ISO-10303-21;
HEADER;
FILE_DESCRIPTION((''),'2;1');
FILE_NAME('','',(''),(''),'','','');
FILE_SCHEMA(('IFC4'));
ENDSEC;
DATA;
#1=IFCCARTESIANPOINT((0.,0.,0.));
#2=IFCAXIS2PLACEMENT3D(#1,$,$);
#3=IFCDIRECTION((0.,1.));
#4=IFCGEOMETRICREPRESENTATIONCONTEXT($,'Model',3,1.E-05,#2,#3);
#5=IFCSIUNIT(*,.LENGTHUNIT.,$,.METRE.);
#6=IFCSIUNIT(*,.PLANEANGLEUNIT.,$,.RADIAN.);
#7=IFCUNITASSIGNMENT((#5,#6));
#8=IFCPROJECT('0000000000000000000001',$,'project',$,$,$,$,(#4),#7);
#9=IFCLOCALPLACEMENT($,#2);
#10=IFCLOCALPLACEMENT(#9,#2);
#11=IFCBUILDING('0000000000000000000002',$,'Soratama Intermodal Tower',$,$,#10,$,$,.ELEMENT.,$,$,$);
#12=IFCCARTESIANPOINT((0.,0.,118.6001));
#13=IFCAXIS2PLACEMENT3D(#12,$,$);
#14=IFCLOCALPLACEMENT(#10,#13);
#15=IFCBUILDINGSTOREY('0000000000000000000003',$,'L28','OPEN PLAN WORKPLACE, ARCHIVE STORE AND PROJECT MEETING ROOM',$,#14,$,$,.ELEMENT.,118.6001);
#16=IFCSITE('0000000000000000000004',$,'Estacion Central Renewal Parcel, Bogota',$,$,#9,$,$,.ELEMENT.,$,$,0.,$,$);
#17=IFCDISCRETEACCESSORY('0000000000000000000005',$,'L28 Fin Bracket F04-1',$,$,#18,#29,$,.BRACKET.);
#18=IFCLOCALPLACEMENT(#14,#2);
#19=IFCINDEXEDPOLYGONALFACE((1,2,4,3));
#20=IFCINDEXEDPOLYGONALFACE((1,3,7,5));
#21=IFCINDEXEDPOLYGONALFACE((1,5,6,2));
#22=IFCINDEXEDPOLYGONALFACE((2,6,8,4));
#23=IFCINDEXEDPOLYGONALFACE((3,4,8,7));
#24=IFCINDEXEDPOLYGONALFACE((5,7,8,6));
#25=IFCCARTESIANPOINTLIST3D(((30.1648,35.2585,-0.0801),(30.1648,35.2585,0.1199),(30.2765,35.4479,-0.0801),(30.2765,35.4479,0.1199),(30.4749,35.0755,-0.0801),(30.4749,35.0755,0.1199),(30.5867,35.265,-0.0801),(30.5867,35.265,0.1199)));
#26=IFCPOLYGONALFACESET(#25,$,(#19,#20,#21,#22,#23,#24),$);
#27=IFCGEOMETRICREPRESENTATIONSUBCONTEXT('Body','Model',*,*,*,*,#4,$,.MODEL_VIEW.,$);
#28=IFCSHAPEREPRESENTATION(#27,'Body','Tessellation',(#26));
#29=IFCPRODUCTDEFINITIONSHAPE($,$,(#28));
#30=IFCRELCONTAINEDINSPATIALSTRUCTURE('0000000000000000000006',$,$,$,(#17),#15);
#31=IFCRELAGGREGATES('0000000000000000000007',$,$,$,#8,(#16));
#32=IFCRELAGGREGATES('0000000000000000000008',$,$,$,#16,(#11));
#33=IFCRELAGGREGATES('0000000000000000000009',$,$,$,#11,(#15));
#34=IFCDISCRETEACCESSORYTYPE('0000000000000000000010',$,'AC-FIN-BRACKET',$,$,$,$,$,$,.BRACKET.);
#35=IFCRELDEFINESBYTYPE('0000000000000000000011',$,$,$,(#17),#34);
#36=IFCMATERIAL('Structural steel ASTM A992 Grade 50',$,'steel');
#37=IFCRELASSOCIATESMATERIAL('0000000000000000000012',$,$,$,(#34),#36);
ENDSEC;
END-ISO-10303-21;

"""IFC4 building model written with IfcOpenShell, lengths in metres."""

from ifc_helpers import new_model, si_unit, direction, frame, origin, origin_2d, place, context, subcontext, project, spatial, rectangle, extrude, material, type_object, element, save


model = new_model("IFC4")

# Units and contexts
model_context = context("Model", 3, precision=1e-05, world=origin(), true_north=direction((0.0, 1.0)))
body_context = subcontext(model_context, "Body", "Model", "MODEL_VIEW")
ifc_project = project(units=[si_unit("LENGTHUNIT", "METRE"), si_unit("PLANEANGLEUNIT", "RADIAN")], contexts=[model_context])

# Site, building, storey
site_placement = place(None, origin())
site = spatial("IfcSite", under=ifc_project, at=site_placement, Name="Estacion Central Renewal Parcel, Bogota", CompositionType="ELEMENT", RefElevation=0.0)
building_placement = place(site_placement, origin())
building = spatial("IfcBuilding", under=site, at=building_placement, Name="Soratama Intermodal Tower", CompositionType="ELEMENT")
storey_placement = place(building_placement, frame((0.0, 0.0, 118.6001)))
storey = spatial("IfcBuildingStorey", under=building, at=storey_placement, Name="L28", Description="OPEN PLAN WORKPLACE, ARCHIVE STORE AND PROJECT MEETING ROOM", CompositionType="ELEMENT", Elevation=118.6001)

# Discrete accessory
ifc_material_1 = material(Name="Structural steel ASTM A992 Grade 50", Category="steel")
discrete_accessory_type = type_object("IfcDiscreteAccessoryType", Name="AC-FIN-BRACKET", PredefinedType="BRACKET", material=ifc_material_1)
discrete_accessory_placement = place(storey_placement, frame((30.3757, 35.2617, -0.0801), z_axis=(0.0, 0.0, 1.0), x_axis=(-0.861275, 0.50814, 0.0)))
element("IfcDiscreteAccessory", 1, at=discrete_accessory_placement, inside=storey, type_object=discrete_accessory_type, Name="L28 Fin Bracket F04-1", PredefinedType="BRACKET", context=body_context, shape_type="SweptSolid", body=[
    extrude(rectangle(XDim=0.3601, YDim=0.22, at=origin_2d()), origin(), (0.0, 0.0, 1.0), 0.2),
])

save(model, "model.ifc")
